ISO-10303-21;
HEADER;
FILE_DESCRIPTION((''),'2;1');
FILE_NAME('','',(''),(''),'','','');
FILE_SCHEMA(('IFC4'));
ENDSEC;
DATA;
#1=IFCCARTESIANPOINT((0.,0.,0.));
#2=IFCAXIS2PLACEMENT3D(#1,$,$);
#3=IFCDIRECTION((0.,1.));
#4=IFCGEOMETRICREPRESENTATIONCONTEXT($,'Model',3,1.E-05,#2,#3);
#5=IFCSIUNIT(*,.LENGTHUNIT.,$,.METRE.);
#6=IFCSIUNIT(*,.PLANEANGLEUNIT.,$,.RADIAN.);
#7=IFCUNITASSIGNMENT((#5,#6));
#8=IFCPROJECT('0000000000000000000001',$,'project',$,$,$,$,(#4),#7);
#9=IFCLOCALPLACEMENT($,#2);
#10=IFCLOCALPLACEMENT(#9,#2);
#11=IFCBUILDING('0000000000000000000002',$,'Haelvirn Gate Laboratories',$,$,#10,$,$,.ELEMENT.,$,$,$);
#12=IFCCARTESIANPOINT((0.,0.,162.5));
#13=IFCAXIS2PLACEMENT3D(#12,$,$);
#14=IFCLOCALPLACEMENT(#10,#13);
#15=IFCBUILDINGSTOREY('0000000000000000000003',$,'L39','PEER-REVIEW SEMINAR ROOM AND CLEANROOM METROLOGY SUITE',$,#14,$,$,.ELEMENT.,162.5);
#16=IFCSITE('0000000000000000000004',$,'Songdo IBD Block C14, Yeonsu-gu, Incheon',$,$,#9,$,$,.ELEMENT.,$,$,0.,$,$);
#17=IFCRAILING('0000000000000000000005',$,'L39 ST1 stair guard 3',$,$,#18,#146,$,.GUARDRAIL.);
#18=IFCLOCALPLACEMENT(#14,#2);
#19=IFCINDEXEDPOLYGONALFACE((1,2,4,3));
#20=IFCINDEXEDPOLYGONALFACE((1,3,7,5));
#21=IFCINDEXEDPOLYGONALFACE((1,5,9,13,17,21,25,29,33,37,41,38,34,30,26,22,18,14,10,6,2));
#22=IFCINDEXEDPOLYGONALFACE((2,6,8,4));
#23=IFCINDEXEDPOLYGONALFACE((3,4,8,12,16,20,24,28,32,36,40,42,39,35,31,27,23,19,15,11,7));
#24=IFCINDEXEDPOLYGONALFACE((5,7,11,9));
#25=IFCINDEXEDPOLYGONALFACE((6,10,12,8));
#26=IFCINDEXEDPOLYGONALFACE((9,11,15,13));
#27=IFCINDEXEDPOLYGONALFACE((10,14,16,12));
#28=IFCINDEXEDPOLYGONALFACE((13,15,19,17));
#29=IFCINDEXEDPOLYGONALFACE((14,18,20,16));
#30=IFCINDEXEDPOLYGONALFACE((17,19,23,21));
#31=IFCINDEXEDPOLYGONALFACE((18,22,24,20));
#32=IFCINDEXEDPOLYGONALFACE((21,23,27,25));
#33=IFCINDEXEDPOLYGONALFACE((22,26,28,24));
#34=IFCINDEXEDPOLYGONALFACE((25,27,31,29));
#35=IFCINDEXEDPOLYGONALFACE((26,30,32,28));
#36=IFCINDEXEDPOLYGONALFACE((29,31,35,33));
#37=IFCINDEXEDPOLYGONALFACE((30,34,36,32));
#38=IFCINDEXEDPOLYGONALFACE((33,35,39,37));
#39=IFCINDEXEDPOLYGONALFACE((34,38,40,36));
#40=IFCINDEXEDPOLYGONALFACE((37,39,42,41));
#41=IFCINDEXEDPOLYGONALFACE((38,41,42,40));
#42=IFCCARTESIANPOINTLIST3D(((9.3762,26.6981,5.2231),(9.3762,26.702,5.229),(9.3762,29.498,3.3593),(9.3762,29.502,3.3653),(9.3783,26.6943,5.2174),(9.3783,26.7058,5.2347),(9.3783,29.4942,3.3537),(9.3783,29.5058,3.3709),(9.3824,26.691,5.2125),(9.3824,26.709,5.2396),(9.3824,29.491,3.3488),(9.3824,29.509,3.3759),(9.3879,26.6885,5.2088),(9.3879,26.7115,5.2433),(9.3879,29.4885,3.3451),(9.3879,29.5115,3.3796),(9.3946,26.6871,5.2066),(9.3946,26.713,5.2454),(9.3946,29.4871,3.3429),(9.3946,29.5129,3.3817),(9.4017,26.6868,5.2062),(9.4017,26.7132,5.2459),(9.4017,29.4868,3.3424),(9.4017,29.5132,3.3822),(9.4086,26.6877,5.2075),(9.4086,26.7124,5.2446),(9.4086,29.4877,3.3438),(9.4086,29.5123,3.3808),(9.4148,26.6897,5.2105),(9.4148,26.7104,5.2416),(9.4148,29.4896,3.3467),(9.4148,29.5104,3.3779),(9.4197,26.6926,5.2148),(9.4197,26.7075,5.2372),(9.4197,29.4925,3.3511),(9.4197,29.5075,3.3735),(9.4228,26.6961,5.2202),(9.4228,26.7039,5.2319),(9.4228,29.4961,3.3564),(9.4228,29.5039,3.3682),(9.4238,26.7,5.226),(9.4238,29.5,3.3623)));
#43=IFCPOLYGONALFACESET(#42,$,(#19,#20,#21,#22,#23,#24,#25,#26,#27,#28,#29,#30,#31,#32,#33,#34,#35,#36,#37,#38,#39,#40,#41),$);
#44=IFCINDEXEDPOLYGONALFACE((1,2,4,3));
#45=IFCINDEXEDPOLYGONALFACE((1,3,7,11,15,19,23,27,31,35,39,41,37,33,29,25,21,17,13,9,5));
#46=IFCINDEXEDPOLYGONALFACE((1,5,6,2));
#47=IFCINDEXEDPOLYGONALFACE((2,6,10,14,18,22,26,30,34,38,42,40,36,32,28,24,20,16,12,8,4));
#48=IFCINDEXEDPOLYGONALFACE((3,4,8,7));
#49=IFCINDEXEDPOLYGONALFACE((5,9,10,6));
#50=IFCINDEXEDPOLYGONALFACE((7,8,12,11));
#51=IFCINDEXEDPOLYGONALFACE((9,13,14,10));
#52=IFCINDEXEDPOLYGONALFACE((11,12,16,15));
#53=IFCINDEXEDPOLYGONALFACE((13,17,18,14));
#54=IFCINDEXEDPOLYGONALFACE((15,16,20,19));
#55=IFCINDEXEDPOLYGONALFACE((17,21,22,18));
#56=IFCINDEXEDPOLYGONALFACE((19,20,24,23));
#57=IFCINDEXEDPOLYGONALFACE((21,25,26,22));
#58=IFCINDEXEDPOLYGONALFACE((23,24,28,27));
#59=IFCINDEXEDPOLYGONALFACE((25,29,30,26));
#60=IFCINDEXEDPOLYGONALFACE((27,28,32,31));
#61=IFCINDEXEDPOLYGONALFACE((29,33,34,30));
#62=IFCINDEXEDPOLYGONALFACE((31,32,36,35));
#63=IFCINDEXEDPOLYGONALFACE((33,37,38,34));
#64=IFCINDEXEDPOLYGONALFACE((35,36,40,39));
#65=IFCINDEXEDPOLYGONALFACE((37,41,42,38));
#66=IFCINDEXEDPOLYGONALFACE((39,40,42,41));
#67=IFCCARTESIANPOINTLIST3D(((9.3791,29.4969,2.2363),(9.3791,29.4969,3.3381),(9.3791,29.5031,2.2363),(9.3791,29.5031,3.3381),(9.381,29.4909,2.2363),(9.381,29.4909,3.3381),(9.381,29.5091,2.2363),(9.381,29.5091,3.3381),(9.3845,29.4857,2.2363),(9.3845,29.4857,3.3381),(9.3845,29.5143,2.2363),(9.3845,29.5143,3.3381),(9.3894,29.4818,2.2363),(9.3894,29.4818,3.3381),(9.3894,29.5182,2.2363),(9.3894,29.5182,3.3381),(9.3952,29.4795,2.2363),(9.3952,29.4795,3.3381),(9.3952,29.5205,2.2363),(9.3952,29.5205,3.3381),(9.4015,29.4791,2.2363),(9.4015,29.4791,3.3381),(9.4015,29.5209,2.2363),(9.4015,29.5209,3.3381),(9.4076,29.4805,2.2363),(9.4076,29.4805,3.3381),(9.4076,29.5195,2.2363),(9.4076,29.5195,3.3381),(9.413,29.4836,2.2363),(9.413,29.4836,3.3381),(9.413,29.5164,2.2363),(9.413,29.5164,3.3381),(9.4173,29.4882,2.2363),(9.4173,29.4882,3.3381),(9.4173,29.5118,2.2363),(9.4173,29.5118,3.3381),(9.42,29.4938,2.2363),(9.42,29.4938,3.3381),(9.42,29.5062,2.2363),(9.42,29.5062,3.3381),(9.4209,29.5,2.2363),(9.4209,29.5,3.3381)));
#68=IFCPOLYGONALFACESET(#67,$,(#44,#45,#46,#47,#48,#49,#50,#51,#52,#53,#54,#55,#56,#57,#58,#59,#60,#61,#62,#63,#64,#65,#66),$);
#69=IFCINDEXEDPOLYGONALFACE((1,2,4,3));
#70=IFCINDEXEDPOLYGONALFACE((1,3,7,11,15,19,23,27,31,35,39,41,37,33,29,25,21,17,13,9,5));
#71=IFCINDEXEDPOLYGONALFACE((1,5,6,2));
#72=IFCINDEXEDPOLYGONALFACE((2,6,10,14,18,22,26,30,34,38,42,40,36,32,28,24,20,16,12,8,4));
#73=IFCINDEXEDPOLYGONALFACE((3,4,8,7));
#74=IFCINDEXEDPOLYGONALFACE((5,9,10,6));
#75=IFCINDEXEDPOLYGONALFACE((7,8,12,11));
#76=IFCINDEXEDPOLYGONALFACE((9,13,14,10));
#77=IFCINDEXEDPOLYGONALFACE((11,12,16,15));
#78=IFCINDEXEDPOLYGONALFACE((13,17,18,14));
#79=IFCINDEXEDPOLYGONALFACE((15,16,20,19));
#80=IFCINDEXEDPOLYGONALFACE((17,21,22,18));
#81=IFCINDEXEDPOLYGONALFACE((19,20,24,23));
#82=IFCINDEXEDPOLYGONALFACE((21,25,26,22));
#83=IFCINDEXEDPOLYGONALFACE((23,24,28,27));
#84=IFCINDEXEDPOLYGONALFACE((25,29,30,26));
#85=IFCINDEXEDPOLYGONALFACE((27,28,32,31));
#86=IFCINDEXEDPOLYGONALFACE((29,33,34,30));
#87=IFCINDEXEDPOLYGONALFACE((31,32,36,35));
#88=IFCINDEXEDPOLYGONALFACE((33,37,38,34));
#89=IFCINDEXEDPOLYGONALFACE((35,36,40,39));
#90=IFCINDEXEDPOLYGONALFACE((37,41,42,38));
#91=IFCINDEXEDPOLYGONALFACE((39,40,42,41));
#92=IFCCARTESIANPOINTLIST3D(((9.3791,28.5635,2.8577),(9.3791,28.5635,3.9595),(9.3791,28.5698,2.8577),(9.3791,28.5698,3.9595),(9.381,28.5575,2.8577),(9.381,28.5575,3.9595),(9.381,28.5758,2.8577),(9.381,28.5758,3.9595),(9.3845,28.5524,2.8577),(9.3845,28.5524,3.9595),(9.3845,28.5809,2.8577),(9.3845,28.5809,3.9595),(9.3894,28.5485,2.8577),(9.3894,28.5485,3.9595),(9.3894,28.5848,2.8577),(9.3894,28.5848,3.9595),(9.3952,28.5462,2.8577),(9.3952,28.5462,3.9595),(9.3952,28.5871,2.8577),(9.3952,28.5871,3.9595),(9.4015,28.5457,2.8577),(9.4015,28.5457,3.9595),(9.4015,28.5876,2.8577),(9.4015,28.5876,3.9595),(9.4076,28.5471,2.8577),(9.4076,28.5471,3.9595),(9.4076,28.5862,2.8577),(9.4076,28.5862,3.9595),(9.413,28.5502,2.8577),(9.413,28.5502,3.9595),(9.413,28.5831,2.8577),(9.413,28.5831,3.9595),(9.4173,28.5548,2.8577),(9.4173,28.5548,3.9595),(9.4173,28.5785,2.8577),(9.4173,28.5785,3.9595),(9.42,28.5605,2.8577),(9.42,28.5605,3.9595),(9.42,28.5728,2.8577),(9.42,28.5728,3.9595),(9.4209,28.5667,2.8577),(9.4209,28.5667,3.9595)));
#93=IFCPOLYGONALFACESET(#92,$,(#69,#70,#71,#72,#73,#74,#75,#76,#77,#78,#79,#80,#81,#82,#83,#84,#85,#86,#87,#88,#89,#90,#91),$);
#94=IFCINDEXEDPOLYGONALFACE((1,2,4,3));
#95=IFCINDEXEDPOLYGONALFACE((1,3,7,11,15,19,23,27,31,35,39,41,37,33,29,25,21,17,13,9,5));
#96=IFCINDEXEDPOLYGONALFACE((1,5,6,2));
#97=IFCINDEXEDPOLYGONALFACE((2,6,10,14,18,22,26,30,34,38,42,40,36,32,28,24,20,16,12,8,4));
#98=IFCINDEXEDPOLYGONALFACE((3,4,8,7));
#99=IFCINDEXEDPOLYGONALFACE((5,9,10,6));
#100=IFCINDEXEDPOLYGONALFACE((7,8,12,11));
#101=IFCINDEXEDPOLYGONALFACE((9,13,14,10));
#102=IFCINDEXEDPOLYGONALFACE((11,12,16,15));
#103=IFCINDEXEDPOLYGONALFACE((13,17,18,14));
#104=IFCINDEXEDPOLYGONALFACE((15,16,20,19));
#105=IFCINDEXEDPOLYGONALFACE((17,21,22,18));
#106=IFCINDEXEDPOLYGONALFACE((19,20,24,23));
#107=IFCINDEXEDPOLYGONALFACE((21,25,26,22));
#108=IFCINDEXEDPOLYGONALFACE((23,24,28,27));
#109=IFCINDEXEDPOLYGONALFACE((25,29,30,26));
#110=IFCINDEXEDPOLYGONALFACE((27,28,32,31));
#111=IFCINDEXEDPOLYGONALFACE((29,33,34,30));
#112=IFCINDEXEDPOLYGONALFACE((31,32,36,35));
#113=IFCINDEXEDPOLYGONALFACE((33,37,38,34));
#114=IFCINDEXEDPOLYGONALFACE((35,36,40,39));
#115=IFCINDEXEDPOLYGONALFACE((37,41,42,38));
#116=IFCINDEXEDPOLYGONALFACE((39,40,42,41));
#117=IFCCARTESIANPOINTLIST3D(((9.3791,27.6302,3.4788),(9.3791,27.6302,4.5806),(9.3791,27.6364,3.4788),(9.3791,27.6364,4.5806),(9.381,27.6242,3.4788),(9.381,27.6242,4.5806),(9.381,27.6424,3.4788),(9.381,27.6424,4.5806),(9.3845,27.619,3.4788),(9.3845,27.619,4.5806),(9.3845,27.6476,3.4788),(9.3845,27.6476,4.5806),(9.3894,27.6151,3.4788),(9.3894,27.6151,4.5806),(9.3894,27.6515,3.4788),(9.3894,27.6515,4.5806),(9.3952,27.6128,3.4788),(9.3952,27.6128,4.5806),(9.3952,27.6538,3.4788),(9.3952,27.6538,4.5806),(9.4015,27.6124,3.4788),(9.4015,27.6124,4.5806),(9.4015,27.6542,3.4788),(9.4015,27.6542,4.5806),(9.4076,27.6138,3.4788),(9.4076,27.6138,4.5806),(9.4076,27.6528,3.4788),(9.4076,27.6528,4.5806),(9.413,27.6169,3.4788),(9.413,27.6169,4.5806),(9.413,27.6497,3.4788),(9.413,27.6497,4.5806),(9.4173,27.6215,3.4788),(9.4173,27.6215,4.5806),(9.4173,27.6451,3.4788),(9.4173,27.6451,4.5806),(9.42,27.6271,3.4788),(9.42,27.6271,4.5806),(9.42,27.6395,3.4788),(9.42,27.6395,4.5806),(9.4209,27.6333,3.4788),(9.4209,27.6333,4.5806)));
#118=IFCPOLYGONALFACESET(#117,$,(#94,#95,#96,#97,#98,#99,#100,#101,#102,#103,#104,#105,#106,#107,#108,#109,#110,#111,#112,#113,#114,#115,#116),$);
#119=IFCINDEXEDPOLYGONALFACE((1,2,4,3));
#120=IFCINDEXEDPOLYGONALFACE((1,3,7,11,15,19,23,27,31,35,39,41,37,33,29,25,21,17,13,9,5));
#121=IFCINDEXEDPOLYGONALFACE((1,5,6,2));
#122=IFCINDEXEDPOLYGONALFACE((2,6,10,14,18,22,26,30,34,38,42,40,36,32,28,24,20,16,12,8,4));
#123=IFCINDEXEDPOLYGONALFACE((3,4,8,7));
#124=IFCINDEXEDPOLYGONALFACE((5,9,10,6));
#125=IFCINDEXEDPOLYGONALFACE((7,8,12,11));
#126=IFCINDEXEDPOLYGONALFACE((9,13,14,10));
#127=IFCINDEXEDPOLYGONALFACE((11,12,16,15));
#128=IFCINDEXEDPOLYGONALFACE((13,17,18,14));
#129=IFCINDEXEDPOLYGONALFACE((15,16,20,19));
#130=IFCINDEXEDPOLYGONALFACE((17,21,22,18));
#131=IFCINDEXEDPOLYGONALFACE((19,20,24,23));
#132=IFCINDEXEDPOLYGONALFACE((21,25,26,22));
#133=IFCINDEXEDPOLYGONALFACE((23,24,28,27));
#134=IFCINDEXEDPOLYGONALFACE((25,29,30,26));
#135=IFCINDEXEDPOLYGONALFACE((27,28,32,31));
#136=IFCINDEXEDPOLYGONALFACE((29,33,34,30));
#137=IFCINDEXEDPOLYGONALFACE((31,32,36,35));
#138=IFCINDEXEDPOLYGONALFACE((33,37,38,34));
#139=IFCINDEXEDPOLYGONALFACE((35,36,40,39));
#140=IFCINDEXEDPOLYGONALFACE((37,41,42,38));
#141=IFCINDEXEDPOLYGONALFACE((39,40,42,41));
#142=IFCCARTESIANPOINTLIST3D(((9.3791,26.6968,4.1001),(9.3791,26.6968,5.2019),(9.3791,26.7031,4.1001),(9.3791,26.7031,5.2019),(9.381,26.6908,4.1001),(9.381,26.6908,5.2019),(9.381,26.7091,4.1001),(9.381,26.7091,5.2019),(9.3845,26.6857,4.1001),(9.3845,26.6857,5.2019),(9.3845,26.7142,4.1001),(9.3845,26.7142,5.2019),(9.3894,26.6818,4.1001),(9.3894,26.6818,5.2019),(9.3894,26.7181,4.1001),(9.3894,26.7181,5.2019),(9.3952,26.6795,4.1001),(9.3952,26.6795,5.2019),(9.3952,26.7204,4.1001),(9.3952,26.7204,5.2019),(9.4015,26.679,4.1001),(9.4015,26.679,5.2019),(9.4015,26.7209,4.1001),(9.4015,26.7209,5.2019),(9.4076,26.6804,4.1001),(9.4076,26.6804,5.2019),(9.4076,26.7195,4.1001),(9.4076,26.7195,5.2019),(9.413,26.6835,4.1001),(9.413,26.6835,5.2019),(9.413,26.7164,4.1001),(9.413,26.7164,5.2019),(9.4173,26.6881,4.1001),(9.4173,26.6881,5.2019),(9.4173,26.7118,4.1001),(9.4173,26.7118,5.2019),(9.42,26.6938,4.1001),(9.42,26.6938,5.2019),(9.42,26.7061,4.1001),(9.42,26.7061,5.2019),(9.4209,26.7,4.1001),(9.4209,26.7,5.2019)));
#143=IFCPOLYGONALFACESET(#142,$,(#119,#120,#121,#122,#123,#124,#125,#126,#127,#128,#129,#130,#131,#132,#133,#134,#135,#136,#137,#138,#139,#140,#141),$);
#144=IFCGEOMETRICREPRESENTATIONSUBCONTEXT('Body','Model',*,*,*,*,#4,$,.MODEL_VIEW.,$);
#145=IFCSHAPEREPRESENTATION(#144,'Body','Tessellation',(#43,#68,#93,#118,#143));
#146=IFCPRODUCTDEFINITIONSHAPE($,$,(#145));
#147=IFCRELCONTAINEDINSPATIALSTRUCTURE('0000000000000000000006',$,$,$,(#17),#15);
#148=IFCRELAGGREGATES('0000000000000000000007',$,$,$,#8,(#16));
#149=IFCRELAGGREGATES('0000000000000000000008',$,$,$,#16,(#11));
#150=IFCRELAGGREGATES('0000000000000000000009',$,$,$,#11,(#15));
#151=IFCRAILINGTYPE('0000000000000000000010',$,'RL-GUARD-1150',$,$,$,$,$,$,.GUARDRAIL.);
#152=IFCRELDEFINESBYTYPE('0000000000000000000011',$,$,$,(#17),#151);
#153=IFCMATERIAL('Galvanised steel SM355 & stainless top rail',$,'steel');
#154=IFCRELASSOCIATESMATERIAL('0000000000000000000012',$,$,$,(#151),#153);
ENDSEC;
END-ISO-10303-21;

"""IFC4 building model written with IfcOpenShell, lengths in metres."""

from ifc_helpers import new_model, si_unit, direction, frame, origin, origin_2d, place, context, subcontext, project, spatial, circle, extrude, source, transform, mapped, material, type_object, element, save


model = new_model("IFC4")

# Units and contexts
model_context = context("Model", 3, precision=1e-05, world=origin(), true_north=direction((0.0, 1.0)))
body_context = subcontext(model_context, "Body", "Model", "MODEL_VIEW")
ifc_project = project(units=[si_unit("LENGTHUNIT", "METRE"), si_unit("PLANEANGLEUNIT", "RADIAN")], contexts=[model_context])

# Site, building, storey
site_placement = place(None, origin())
site = spatial("IfcSite", under=ifc_project, at=site_placement, Name="Songdo IBD Block C14, Yeonsu-gu, Incheon", CompositionType="ELEMENT", RefElevation=0.0)
building_placement = place(site_placement, origin())
building = spatial("IfcBuilding", under=site, at=building_placement, Name="Haelvirn Gate Laboratories", CompositionType="ELEMENT")
storey_placement = place(building_placement, frame((0.0, 0.0, 162.5)))
storey = spatial("IfcBuildingStorey", under=building, at=storey_placement, Name="L39", Description="PEER-REVIEW SEMINAR ROOM AND CLEANROOM METROLOGY SUITE", CompositionType="ELEMENT", Elevation=162.5)

# Railing
ifc_material_1 = material(Name="Galvanised steel SM355 & stainless top rail", Category="steel")
railing_type_1 = type_object("IfcRailingType", Name="RL-GUARD-1150", PredefinedType="GUARDRAIL", material=ifc_material_1)
shared_shape_1 = source(origin(), body_context, "Body", "SweptSolid", [
    extrude(circle(Radius=0.0239, at=origin_2d()), frame((0.0, 0.0, 1.126), z_axis=(0.0, -0.832452, 0.554097), x_axis=(1.0, 0.0, 0.0)), (0.0, 0.0, 1.0), 3.3635),
    extrude(circle(Radius=0.021, at=origin_2d()), origin(), (0.0, 0.0, 1.0), 1.1018),
    extrude(circle(Radius=0.021, at=origin_2d()), frame((0.0, -0.9333, 0.6213)), (0.0, 0.0, 1.0), 1.1018),
    extrude(circle(Radius=0.021, at=origin_2d()), frame((0.0, -1.8667, 1.2424)), (0.0, 0.0, 1.0), 1.1018),
    extrude(circle(Radius=0.021, at=origin_2d()), frame((0.0, -2.8, 1.8638)), (0.0, 0.0, 1.0), 1.1018),
])
railing_1_placement = place(storey_placement, frame((9.3999, 29.5, 2.2363)))
element("IfcRailing", 1, at=railing_1_placement, inside=storey, type_object=railing_type_1, Name="L39 ST1 stair guard 3", PredefinedType="GUARDRAIL", context=body_context, shape_type="MappedRepresentation", body=[
    mapped(shared_shape_1, transform((0.0, 0.0, 0.0), scale=1.0)),
])

save(model, "model.ifc")
